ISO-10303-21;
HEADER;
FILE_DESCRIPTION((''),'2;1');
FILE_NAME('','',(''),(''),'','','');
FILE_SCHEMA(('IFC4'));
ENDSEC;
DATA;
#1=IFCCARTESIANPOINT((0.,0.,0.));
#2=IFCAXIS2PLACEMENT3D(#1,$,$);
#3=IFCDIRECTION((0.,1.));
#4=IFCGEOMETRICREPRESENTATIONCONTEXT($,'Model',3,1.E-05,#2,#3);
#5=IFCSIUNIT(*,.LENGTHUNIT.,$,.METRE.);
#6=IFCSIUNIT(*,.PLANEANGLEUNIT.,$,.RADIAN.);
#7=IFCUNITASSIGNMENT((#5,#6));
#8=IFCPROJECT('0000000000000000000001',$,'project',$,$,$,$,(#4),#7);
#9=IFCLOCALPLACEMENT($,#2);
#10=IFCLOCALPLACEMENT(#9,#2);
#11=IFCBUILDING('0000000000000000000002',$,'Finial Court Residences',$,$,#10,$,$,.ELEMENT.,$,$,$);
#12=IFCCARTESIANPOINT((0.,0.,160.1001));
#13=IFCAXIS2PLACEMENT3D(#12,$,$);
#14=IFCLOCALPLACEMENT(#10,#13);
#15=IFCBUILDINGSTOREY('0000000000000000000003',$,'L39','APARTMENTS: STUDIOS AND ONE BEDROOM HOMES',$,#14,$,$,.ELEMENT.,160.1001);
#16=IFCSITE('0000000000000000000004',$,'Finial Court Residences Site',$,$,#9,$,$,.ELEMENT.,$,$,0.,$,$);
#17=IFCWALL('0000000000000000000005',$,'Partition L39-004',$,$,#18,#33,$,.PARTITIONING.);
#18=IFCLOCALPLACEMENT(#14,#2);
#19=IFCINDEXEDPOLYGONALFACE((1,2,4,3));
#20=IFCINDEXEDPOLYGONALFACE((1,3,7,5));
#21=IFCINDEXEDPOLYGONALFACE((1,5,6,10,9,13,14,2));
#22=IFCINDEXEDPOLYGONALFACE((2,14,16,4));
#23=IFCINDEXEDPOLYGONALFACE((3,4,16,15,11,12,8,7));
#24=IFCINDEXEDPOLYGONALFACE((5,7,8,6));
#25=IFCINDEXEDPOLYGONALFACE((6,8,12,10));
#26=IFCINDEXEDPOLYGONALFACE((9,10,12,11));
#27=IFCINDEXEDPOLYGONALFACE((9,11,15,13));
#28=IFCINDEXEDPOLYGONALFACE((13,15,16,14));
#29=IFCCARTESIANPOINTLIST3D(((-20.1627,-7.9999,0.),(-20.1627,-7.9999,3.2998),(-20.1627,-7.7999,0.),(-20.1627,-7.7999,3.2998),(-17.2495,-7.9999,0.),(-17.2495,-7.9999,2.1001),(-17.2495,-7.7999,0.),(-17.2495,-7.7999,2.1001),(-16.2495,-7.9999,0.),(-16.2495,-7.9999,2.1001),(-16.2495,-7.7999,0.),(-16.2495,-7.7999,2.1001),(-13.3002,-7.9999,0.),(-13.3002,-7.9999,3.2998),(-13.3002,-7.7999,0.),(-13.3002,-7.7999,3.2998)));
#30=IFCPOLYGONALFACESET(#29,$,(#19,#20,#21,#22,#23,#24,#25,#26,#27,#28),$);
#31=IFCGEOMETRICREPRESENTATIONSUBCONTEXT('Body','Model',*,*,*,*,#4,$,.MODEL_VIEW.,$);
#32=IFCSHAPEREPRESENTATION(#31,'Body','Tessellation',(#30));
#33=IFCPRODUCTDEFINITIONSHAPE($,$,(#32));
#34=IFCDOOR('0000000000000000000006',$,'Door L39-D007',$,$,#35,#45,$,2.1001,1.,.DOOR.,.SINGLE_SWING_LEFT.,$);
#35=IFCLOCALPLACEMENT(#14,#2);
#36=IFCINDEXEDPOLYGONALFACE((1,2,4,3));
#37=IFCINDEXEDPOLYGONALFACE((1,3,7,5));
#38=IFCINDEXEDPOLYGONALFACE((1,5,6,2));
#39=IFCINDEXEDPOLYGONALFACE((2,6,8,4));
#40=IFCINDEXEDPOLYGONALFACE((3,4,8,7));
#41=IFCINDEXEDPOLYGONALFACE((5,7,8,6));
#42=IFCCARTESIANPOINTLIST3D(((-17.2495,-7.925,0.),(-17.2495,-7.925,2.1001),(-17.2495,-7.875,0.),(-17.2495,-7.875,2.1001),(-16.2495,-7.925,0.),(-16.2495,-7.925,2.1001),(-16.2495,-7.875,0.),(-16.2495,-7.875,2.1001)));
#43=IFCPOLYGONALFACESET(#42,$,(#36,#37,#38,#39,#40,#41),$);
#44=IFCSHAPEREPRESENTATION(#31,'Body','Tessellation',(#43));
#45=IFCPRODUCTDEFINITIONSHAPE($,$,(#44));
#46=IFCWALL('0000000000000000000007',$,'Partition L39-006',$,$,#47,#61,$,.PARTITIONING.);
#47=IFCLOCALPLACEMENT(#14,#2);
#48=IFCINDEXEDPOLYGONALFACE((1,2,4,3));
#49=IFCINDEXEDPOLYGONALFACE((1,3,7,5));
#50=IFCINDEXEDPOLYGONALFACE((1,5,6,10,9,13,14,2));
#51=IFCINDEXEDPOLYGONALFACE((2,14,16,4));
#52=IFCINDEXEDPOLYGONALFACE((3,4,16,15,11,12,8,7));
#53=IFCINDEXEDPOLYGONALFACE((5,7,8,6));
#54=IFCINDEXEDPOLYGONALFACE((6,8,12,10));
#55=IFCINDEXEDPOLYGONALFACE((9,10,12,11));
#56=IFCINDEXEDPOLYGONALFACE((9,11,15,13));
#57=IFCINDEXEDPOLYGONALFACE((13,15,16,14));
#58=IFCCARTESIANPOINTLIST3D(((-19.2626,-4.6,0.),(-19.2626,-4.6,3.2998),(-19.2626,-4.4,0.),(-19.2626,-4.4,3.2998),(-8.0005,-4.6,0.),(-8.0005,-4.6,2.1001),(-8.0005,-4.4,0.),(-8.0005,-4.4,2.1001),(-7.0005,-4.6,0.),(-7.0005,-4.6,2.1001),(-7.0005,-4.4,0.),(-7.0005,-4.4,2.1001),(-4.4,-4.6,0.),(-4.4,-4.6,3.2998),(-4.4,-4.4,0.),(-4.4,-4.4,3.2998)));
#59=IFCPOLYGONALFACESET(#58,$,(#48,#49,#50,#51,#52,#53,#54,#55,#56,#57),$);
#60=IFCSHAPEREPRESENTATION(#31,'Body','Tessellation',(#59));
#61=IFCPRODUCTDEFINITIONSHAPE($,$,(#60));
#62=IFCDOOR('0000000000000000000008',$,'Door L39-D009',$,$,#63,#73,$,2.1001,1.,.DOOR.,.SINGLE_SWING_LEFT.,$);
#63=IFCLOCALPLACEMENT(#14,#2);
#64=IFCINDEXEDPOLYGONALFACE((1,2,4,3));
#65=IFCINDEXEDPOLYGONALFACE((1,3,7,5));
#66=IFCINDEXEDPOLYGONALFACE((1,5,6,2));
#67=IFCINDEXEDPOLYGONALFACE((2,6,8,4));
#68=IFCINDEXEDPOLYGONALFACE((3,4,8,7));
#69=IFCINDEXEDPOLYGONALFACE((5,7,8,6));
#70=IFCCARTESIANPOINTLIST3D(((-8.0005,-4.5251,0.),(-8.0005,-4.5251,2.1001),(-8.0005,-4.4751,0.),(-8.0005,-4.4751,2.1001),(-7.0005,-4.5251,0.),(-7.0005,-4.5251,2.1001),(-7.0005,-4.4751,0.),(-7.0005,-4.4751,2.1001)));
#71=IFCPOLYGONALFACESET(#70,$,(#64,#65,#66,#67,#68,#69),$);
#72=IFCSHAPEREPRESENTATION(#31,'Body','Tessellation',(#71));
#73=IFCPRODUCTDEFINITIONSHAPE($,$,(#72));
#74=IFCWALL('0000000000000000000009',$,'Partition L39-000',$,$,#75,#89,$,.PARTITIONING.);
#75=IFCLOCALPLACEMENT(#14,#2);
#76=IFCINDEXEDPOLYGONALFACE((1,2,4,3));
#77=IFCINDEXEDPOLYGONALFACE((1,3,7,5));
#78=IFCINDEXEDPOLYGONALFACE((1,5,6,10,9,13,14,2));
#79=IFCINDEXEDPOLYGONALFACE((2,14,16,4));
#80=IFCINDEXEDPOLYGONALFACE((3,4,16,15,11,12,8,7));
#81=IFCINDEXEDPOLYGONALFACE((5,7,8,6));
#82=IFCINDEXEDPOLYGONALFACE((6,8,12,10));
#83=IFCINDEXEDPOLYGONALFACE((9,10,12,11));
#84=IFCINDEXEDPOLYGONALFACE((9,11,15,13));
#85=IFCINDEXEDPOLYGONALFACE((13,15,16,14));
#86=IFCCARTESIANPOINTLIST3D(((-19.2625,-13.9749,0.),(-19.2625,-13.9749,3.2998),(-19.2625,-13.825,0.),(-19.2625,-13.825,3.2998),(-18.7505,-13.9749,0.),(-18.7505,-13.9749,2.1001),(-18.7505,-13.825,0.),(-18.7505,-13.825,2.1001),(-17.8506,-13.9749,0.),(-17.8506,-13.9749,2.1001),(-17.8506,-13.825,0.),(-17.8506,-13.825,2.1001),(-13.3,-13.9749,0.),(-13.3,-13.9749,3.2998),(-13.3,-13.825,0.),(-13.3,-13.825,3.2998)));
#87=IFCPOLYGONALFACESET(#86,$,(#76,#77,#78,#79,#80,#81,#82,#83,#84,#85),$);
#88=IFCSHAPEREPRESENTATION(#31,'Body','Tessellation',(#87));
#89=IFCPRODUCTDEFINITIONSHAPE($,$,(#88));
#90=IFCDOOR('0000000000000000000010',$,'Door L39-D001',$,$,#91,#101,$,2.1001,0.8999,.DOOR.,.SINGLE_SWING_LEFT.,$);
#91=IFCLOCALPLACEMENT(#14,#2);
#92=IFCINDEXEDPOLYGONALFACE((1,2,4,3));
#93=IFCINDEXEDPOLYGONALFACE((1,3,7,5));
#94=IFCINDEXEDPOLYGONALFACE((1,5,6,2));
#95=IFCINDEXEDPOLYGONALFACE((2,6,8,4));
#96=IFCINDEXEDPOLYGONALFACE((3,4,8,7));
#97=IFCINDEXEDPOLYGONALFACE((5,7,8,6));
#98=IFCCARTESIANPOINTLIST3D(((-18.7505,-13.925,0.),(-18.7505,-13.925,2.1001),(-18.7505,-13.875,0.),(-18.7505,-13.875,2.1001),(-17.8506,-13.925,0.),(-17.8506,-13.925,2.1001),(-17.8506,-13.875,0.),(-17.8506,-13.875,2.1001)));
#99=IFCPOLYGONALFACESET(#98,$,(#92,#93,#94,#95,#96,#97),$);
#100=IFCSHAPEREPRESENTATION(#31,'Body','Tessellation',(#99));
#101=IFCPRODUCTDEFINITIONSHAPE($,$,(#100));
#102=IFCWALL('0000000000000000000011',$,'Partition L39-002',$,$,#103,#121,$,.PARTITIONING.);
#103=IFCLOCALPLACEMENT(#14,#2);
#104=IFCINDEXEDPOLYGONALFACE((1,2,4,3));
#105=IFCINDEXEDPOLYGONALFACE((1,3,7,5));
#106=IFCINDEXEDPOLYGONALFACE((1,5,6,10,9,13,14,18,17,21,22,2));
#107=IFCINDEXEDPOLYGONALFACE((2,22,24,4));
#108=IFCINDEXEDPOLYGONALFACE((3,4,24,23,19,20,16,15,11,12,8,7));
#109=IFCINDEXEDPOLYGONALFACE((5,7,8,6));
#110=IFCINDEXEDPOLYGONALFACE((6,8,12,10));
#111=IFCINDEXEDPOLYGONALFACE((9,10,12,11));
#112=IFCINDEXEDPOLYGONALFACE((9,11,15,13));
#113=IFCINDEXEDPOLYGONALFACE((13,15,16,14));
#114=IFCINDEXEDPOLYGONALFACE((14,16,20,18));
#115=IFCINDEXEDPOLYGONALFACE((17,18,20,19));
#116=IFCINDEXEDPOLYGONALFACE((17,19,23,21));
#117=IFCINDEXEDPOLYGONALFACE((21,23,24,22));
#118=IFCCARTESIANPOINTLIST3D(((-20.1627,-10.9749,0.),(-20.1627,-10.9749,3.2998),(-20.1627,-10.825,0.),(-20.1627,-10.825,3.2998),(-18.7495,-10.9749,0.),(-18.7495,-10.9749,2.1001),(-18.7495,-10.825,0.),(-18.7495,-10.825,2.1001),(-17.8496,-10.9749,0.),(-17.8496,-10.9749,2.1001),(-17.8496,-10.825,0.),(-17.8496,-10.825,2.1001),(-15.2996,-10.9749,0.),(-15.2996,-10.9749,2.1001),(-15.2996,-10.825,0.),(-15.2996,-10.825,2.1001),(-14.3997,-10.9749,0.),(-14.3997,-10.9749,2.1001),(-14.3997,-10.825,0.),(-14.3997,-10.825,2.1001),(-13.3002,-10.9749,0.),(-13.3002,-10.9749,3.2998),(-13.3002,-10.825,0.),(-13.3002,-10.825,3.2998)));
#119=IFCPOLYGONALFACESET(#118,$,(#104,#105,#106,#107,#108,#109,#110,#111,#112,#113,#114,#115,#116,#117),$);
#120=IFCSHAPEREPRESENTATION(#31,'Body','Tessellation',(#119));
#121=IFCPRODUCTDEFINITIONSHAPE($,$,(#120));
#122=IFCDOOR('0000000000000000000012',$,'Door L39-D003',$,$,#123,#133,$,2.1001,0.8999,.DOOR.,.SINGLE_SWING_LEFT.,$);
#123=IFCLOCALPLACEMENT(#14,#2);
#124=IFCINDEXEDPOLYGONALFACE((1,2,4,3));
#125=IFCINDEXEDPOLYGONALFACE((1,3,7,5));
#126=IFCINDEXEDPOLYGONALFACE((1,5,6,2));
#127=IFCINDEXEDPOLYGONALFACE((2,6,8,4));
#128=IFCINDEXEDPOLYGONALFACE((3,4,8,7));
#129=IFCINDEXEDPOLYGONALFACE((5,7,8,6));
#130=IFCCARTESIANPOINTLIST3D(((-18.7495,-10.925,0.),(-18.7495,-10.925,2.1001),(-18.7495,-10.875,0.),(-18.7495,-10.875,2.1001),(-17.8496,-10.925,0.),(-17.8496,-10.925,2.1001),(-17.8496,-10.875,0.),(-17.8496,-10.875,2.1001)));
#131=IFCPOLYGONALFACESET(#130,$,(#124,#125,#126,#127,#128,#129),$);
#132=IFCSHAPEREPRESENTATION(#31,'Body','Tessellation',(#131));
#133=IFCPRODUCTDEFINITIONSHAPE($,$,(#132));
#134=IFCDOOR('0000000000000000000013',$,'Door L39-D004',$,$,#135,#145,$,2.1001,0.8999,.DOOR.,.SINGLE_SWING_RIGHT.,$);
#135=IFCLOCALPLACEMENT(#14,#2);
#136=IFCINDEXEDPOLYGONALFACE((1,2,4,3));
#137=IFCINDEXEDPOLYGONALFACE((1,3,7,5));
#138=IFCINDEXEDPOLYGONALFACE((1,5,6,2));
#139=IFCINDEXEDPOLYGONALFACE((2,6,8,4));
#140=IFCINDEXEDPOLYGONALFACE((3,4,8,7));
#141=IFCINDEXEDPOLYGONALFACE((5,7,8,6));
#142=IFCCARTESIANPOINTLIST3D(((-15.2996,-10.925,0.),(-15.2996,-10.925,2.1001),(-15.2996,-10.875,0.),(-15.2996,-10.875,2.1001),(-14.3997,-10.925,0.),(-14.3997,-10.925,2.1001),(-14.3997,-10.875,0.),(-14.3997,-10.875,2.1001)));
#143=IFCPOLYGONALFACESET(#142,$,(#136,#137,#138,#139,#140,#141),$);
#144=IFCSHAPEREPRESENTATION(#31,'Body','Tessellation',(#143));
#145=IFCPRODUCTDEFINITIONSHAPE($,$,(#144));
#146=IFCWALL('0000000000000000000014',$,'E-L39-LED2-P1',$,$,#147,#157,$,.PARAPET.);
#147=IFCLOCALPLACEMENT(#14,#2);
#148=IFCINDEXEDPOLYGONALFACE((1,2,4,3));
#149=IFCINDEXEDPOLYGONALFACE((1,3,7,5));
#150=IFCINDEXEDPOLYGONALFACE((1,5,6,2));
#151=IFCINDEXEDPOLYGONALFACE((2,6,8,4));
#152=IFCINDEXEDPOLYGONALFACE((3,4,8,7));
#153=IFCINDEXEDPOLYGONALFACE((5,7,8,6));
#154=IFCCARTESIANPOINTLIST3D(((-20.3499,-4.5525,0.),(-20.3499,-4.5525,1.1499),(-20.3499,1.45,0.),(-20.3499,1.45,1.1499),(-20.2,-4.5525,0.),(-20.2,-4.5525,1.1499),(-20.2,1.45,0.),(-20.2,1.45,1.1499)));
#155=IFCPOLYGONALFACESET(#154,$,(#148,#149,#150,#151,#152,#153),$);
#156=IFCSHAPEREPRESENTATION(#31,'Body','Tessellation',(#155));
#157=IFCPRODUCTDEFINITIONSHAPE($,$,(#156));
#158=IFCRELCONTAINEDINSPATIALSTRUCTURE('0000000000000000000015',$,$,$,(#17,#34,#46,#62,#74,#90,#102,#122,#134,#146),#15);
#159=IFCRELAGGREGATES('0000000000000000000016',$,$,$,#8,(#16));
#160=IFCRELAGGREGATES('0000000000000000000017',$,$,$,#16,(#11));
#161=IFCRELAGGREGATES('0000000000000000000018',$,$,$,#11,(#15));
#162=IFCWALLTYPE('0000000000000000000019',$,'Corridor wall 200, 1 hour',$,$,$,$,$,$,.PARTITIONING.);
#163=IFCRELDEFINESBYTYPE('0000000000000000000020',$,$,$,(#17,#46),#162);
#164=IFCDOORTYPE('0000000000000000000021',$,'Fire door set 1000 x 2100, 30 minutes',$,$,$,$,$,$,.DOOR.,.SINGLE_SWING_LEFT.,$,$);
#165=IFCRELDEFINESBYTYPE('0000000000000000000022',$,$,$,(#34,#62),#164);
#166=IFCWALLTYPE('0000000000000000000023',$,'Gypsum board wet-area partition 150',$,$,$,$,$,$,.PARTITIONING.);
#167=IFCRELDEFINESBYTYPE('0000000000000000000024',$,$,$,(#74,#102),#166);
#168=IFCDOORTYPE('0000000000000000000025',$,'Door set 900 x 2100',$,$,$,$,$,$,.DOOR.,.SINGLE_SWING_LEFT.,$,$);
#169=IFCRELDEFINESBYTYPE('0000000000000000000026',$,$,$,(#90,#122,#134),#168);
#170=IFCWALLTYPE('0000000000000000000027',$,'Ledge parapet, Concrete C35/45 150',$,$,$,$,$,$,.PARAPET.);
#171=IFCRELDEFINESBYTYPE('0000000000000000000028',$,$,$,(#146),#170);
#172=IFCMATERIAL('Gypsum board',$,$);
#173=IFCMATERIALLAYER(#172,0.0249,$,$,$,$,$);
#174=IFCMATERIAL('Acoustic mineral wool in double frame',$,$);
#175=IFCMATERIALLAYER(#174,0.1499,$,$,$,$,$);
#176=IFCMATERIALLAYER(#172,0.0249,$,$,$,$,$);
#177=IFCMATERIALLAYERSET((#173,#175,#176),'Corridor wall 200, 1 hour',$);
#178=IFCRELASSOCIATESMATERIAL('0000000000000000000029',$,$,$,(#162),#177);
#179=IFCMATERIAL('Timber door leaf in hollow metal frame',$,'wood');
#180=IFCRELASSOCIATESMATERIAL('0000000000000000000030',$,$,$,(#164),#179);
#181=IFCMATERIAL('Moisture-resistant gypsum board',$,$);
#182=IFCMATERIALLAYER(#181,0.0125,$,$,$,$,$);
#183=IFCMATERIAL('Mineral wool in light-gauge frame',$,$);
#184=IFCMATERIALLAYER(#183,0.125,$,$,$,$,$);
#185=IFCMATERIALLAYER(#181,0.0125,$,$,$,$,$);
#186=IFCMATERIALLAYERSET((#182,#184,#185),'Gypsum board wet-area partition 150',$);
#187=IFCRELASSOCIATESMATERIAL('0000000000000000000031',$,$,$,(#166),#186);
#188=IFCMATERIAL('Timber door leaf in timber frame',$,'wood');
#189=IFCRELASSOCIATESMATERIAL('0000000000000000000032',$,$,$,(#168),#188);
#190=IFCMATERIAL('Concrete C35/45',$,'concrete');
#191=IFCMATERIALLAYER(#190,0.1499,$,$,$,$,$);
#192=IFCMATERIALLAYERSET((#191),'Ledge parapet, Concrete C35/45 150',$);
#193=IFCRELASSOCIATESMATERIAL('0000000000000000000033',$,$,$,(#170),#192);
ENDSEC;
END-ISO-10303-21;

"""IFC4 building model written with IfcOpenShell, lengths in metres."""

from ifc_helpers import new_model, si_unit, direction, frame, frame_2d, origin, place, context, subcontext, project, spatial, rectangle, extrude, material, layer, layer_set, type_object, element, fill, save


model = new_model("IFC4")

# Units and contexts
model_context = context("Model", 3, precision=1e-05, world=origin(), true_north=direction((0.0, 1.0)))
body_context = subcontext(model_context, "Body", "Model", "MODEL_VIEW")
ifc_project = project(units=[si_unit("LENGTHUNIT", "METRE"), si_unit("PLANEANGLEUNIT", "RADIAN")], contexts=[model_context])

# Site, building, storey
site_placement = place(None, origin())
site = spatial("IfcSite", under=ifc_project, at=site_placement, Name="Finial Court Residences Site", CompositionType="ELEMENT", RefElevation=0.0)
building_placement = place(site_placement, origin())
building = spatial("IfcBuilding", under=site, at=building_placement, Name="Finial Court Residences", CompositionType="ELEMENT")
storey_placement = place(building_placement, frame((0.0, 0.0, 160.1001)))
storey = spatial("IfcBuildingStorey", under=building, at=storey_placement, Name="L39", Description="APARTMENTS: STUDIOS AND ONE BEDROOM HOMES", CompositionType="ELEMENT", Elevation=160.1001)

# Walls, openings, doors
ifc_material_1 = material(Name="Gypsum board")
ifc_layer_1 = layer(ifc_material_1, 0.0249)
ifc_material_2 = material(Name="Acoustic mineral wool in double frame")
ifc_layer_2 = layer(ifc_material_2, 0.1499)
ifc_layer_3 = layer(ifc_material_1, 0.0249)
ifc_layer_set_1 = layer_set([ifc_layer_1, ifc_layer_2, ifc_layer_3], Name="Corridor wall 200, 1 hour")
wall_type_1 = type_object("IfcWallType", Name="Corridor wall 200, 1 hour", PredefinedType="PARTITIONING", material=ifc_layer_set_1)
wall_1_placement = place(storey_placement, frame((-20.1626, -7.8999, 0.0), z_axis=(0.0, 0.0, 1.0), x_axis=(1.0, 0.0, 0.0)))
wall_1 = element("IfcWall", 1, at=wall_1_placement, inside=storey, type_object=wall_type_1, Name="Partition L39-004", PredefinedType="PARTITIONING", context=body_context, shape_type="SweptSolid", body=[
    extrude(rectangle(XDim=6.8625, YDim=0.2, at=frame_2d((3.4312, 0.0))), origin(), (0.0, 0.0, 1.0), 3.2998),
])
opening_1_placement = place(wall_1_placement, frame((2.9131, 0.0, 0.0)))
opening_1 = element("IfcOpeningElement", 2, at=opening_1_placement, cuts=wall_1, PredefinedType="OPENING", context=body_context, shape_type="SweptSolid", body=[
    extrude(rectangle(XDim=1.0, YDim=2.1001, at=frame_2d((0.5, 1.05))), frame((0.0, 0.1099, 0.0), z_axis=(0.0, -1.0, 0.0), x_axis=(1.0, 0.0, 0.0)), (0.0, 0.0, 1.0), 0.22),
])
ifc_material_3 = material(Name="Timber door leaf in hollow metal frame", Category="wood")
door_type_1 = type_object("IfcDoorType", Name="Fire door set 1000 x 2100, 30 minutes", OperationType="SINGLE_SWING_LEFT", PredefinedType="DOOR", material=ifc_material_3)
door_1_placement = place(opening_1_placement, origin())
door_1 = element("IfcDoor", 3, at=door_1_placement, inside=storey, type_object=door_type_1, Name="Door L39-D007", OperationType="SINGLE_SWING_LEFT", OverallHeight=2.1001, OverallWidth=1.0, PredefinedType="DOOR", context=body_context, shape_type="SweptSolid", body=[
    extrude(rectangle(XDim=1.0, YDim=2.1001, at=frame_2d((0.5, 1.05))), frame((0.0, 0.0249, 0.0), z_axis=(0.0, -1.0, 0.0), x_axis=(1.0, 0.0, 0.0)), (0.0, 0.0, 1.0), 0.05),
])
fill(opening_1, door_1)
wall_2_placement = place(storey_placement, frame((-19.2625, -4.5, 0.0), z_axis=(0.0, 0.0, 1.0), x_axis=(1.0, 0.0, 0.0)))
wall_2 = element("IfcWall", 4, at=wall_2_placement, inside=storey, type_object=wall_type_1, Name="Partition L39-006", PredefinedType="PARTITIONING", context=body_context, shape_type="SweptSolid", body=[
    extrude(rectangle(XDim=14.8625, YDim=0.2, at=frame_2d((7.4312, 0.0))), origin(), (0.0, 0.0, 1.0), 3.2998),
])
opening_2_placement = place(wall_2_placement, frame((11.262, 0.0, 0.0)))
opening_2 = element("IfcOpeningElement", 5, at=opening_2_placement, cuts=wall_2, PredefinedType="OPENING", context=body_context, shape_type="SweptSolid", body=[
    extrude(rectangle(XDim=1.0, YDim=2.1001, at=frame_2d((0.5, 1.05))), frame((0.0, 0.1099, 0.0), z_axis=(0.0, -1.0, 0.0), x_axis=(1.0, 0.0, 0.0)), (0.0, 0.0, 1.0), 0.22),
])
door_2_placement = place(opening_2_placement, origin())
door_2 = element("IfcDoor", 6, at=door_2_placement, inside=storey, type_object=door_type_1, Name="Door L39-D009", OperationType="SINGLE_SWING_LEFT", OverallHeight=2.1001, OverallWidth=1.0, PredefinedType="DOOR", context=body_context, shape_type="SweptSolid", body=[
    extrude(rectangle(XDim=1.0, YDim=2.1001, at=frame_2d((0.5, 1.05))), frame((0.0, 0.0249, 0.0), z_axis=(0.0, -1.0, 0.0), x_axis=(1.0, 0.0, 0.0)), (0.0, 0.0, 1.0), 0.05),
])
fill(opening_2, door_2)
ifc_material_4 = material(Name="Moisture-resistant gypsum board")
ifc_layer_4 = layer(ifc_material_4, 0.0125)
ifc_material_5 = material(Name="Mineral wool in light-gauge frame")
ifc_layer_5 = layer(ifc_material_5, 0.125)
ifc_layer_6 = layer(ifc_material_4, 0.0125)
ifc_layer_set_2 = layer_set([ifc_layer_4, ifc_layer_5, ifc_layer_6], Name="Gypsum board wet-area partition 150")
wall_type_2 = type_object("IfcWallType", Name="Gypsum board wet-area partition 150", PredefinedType="PARTITIONING", material=ifc_layer_set_2)
wall_3_placement = place(storey_placement, frame((-19.2625, -13.8999, 0.0), z_axis=(0.0, 0.0, 1.0), x_axis=(1.0, 0.0, 0.0)))
wall_3 = element("IfcWall", 7, at=wall_3_placement, inside=storey, type_object=wall_type_2, Name="Partition L39-000", PredefinedType="PARTITIONING", context=body_context, shape_type="SweptSolid", body=[
    extrude(rectangle(XDim=5.9624, YDim=0.1499, at=frame_2d((2.9812, 0.0))), origin(), (0.0, 0.0, 1.0), 3.2998),
])
opening_3_placement = place(wall_3_placement, frame((0.512, 0.0, 0.0)))
opening_3 = element("IfcOpeningElement", 8, at=opening_3_placement, cuts=wall_3, PredefinedType="OPENING", context=body_context, shape_type="SweptSolid", body=[
    extrude(rectangle(XDim=0.8999, YDim=2.1001, at=frame_2d((0.45, 1.05))), frame((0.0, 0.085, 0.0), z_axis=(0.0, -1.0, 0.0), x_axis=(1.0, 0.0, 0.0)), (0.0, 0.0, 1.0), 0.1699),
])
ifc_material_6 = material(Name="Timber door leaf in timber frame", Category="wood")
door_type_2 = type_object("IfcDoorType", Name="Door set 900 x 2100", OperationType="SINGLE_SWING_LEFT", PredefinedType="DOOR", material=ifc_material_6)
door_3_placement = place(opening_3_placement, origin())
door_3 = element("IfcDoor", 9, at=door_3_placement, inside=storey, type_object=door_type_2, Name="Door L39-D001", OperationType="SINGLE_SWING_LEFT", OverallHeight=2.1001, OverallWidth=0.8999, PredefinedType="DOOR", context=body_context, shape_type="SweptSolid", body=[
    extrude(rectangle(XDim=0.8999, YDim=2.1001, at=frame_2d((0.45, 1.05))), frame((0.0, 0.0249, 0.0), z_axis=(0.0, -1.0, 0.0), x_axis=(1.0, 0.0, 0.0)), (0.0, 0.0, 1.0), 0.05),
])
fill(opening_3, door_3)

# Wall, openings, doors
wall_4_placement = place(storey_placement, frame((-20.1626, -10.8999, 0.0), z_axis=(0.0, 0.0, 1.0), x_axis=(1.0, 0.0, 0.0)))
wall_4 = element("IfcWall", 10, at=wall_4_placement, inside=storey, type_object=wall_type_2, Name="Partition L39-002", PredefinedType="PARTITIONING", context=body_context, shape_type="SweptSolid", body=[
    extrude(rectangle(XDim=6.8625, YDim=0.1499, at=frame_2d((3.4312, 0.0))), origin(), (0.0, 0.0, 1.0), 3.2998),
])
opening_4_placement = place(wall_4_placement, frame((1.4131, 0.0, 0.0)))
opening_4 = element("IfcOpeningElement", 11, at=opening_4_placement, cuts=wall_4, PredefinedType="OPENING", context=body_context, shape_type="SweptSolid", body=[
    extrude(rectangle(XDim=0.8999, YDim=2.1001, at=frame_2d((0.45, 1.05))), frame((0.0, 0.085, 0.0), z_axis=(0.0, -1.0, 0.0), x_axis=(1.0, 0.0, 0.0)), (0.0, 0.0, 1.0), 0.1699),
])
opening_5_placement = place(wall_4_placement, frame((4.863, 0.0, 0.0)))
opening_5 = element("IfcOpeningElement", 12, at=opening_5_placement, cuts=wall_4, PredefinedType="OPENING", context=body_context, shape_type="SweptSolid", body=[
    extrude(rectangle(XDim=0.8999, YDim=2.1001, at=frame_2d((0.45, 1.05))), frame((0.0, 0.085, 0.0), z_axis=(0.0, -1.0, 0.0), x_axis=(1.0, 0.0, 0.0)), (0.0, 0.0, 1.0), 0.1699),
])
door_4_placement = place(opening_4_placement, origin())
door_4 = element("IfcDoor", 13, at=door_4_placement, inside=storey, type_object=door_type_2, Name="Door L39-D003", OperationType="SINGLE_SWING_LEFT", OverallHeight=2.1001, OverallWidth=0.8999, PredefinedType="DOOR", context=body_context, shape_type="SweptSolid", body=[
    extrude(rectangle(XDim=0.8999, YDim=2.1001, at=frame_2d((0.45, 1.05))), frame((0.0, 0.0249, 0.0), z_axis=(0.0, -1.0, 0.0), x_axis=(1.0, 0.0, 0.0)), (0.0, 0.0, 1.0), 0.05),
])
fill(opening_4, door_4)
door_5_placement = place(opening_5_placement, origin())
door_5 = element("IfcDoor", 14, at=door_5_placement, inside=storey, type_object=door_type_2, Name="Door L39-D004", OperationType="SINGLE_SWING_RIGHT", OverallHeight=2.1001, OverallWidth=0.8999, PredefinedType="DOOR", context=body_context, shape_type="SweptSolid", body=[
    extrude(rectangle(XDim=0.8999, YDim=2.1001, at=frame_2d((0.45, 1.05))), frame((0.0, 0.0249, 0.0), z_axis=(0.0, -1.0, 0.0), x_axis=(1.0, 0.0, 0.0)), (0.0, 0.0, 1.0), 0.05),
])
fill(opening_5, door_5)

# Wall
ifc_material_7 = material(Name="Concrete C35/45", Category="concrete")
ifc_layer_7 = layer(ifc_material_7, 0.1499)
ifc_layer_set_3 = layer_set([ifc_layer_7], Name="Ledge parapet, Concrete C35/45 150")
wall_type_3 = type_object("IfcWallType", Name="Ledge parapet, Concrete C35/45 150", PredefinedType="PARAPET", material=ifc_layer_set_3)
wall_5_placement = place(storey_placement, frame((-20.2749, -4.5525, 0.0), z_axis=(0.0, 0.0, 1.0), x_axis=(0.0, 1.0, 0.0)))
element("IfcWall", 15, at=wall_5_placement, inside=storey, type_object=wall_type_3, Name="E-L39-LED2-P1", PredefinedType="PARAPET", context=body_context, shape_type="SweptSolid", body=[
    extrude(rectangle(XDim=6.0024, YDim=0.1499, at=frame_2d((3.0012, 0.0))), origin(), (0.0, 0.0, 1.0), 1.1499),
])

save(model, "model.ifc")
